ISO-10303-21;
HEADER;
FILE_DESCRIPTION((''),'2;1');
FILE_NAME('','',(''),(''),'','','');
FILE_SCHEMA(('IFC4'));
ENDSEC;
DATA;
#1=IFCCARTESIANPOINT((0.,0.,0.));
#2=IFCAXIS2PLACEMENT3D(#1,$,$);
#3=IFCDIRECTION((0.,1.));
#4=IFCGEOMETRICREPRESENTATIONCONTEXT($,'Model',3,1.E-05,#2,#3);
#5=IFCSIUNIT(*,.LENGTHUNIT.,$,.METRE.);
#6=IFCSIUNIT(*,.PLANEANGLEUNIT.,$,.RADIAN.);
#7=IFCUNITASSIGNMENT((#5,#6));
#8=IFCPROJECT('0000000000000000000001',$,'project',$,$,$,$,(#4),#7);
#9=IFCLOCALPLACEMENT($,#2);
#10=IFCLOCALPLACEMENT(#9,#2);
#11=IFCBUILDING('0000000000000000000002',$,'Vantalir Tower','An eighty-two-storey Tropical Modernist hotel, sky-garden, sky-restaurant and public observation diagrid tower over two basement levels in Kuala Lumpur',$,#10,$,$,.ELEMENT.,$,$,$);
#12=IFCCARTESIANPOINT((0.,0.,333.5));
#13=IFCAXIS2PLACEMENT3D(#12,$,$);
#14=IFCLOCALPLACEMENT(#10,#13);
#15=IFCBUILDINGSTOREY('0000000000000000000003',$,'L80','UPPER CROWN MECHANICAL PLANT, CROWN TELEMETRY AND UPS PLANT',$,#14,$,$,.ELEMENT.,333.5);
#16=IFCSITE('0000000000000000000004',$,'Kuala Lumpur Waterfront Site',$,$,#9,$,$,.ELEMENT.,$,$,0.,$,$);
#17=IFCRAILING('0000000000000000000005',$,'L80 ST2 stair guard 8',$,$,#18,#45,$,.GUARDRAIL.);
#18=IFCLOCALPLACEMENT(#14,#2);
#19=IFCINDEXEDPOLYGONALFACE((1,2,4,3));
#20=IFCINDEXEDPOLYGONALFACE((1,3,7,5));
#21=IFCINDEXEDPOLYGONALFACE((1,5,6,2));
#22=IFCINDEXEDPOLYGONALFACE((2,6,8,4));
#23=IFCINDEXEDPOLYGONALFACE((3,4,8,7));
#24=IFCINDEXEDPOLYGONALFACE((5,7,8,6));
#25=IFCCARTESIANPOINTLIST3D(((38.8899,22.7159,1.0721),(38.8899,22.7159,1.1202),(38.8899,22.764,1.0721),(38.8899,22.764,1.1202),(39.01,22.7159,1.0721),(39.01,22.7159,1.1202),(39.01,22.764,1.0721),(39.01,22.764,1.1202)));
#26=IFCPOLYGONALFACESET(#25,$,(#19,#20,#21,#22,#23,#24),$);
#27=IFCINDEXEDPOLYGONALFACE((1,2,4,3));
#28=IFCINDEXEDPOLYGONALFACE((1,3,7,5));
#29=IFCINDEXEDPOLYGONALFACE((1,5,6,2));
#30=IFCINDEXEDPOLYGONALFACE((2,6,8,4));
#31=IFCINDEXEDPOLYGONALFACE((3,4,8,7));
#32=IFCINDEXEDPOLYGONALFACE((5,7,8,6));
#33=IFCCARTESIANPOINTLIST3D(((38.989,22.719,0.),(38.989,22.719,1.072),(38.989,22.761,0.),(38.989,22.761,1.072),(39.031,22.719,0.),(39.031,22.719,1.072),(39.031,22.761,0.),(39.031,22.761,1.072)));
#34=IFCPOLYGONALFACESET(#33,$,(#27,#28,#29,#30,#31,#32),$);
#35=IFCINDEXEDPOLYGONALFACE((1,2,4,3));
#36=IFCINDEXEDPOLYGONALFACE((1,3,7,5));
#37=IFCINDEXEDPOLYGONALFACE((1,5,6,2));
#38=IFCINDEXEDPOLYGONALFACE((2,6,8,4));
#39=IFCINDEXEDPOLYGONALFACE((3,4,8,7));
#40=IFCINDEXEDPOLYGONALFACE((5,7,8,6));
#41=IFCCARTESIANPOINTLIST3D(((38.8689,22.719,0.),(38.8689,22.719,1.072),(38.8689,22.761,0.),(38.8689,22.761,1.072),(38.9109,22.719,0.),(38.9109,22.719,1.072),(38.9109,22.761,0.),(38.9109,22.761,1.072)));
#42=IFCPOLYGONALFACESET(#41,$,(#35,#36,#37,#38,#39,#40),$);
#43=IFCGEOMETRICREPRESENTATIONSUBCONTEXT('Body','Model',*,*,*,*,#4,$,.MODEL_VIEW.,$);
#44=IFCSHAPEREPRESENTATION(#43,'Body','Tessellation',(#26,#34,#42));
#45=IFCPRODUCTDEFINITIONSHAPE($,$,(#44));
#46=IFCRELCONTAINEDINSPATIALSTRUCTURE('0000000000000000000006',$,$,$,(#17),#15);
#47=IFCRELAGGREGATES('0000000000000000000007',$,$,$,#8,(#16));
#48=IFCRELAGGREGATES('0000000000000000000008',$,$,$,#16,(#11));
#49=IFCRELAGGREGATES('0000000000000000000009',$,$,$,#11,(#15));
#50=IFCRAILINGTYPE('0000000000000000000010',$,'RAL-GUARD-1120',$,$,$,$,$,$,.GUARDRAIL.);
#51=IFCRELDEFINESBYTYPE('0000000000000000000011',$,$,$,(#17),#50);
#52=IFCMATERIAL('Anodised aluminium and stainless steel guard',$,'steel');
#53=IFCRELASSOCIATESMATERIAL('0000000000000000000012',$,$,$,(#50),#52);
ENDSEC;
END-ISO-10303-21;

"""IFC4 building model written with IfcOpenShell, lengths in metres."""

from ifc_helpers import new_model, si_unit, direction, frame, origin, origin_2d, place, context, subcontext, project, spatial, rectangle, extrude, material, type_object, element, save


model = new_model("IFC4")

# Units and contexts
model_context = context("Model", 3, precision=1e-05, world=origin(), true_north=direction((0.0, 1.0)))
body_context = subcontext(model_context, "Body", "Model", "MODEL_VIEW")
ifc_project = project(units=[si_unit("LENGTHUNIT", "METRE"), si_unit("PLANEANGLEUNIT", "RADIAN")], contexts=[model_context])

# Site, building, storey
site_placement = place(None, origin())
site = spatial("IfcSite", under=ifc_project, at=site_placement, Name="Kuala Lumpur Waterfront Site", CompositionType="ELEMENT", RefElevation=0.0)
building_placement = place(site_placement, origin())
building = spatial("IfcBuilding", under=site, at=building_placement, Name="Vantalir Tower", Description="An eighty-two-storey Tropical Modernist hotel, sky-garden, sky-restaurant and public observation diagrid tower over two basement levels in Kuala Lumpur", CompositionType="ELEMENT")
storey_placement = place(building_placement, frame((0.0, 0.0, 333.5)))
storey = spatial("IfcBuildingStorey", under=building, at=storey_placement, Name="L80", Description="UPPER CROWN MECHANICAL PLANT, CROWN TELEMETRY AND UPS PLANT", CompositionType="ELEMENT", Elevation=333.5)

# Railing
ifc_material_1 = material(Name="Anodised aluminium and stainless steel guard", Category="steel")
railing_type = type_object("IfcRailingType", Name="RAL-GUARD-1120", PredefinedType="GUARDRAIL", material=ifc_material_1)
for number, where, name in (
    (1, (39.01, 22.74, 0.0), "L80 ST2 stair guard 8"),
):
    element("IfcRailing", number, at=place(storey_placement, frame(where)), inside=storey, type_object=railing_type, Name=name, PredefinedType="GUARDRAIL", context=body_context, shape_type="SweptSolid", body=[
        extrude(rectangle(XDim=0.0481, YDim=0.0481, at=origin_2d()), frame((0.0, 0.0, 1.0962), z_axis=(-1.0, 0.0, 0.0), x_axis=(0.0, -1.0, 0.0)), (0.0, 0.0, 1.0), 0.1201),
        extrude(rectangle(XDim=0.042, YDim=0.042, at=origin_2d()), origin(), (0.0, 0.0, 1.0), 1.072),
        extrude(rectangle(XDim=0.042, YDim=0.042, at=origin_2d()), frame((-0.1201, 0.0, 0.0)), (0.0, 0.0, 1.0), 1.072),
    ])

save(model, "model.ifc")
